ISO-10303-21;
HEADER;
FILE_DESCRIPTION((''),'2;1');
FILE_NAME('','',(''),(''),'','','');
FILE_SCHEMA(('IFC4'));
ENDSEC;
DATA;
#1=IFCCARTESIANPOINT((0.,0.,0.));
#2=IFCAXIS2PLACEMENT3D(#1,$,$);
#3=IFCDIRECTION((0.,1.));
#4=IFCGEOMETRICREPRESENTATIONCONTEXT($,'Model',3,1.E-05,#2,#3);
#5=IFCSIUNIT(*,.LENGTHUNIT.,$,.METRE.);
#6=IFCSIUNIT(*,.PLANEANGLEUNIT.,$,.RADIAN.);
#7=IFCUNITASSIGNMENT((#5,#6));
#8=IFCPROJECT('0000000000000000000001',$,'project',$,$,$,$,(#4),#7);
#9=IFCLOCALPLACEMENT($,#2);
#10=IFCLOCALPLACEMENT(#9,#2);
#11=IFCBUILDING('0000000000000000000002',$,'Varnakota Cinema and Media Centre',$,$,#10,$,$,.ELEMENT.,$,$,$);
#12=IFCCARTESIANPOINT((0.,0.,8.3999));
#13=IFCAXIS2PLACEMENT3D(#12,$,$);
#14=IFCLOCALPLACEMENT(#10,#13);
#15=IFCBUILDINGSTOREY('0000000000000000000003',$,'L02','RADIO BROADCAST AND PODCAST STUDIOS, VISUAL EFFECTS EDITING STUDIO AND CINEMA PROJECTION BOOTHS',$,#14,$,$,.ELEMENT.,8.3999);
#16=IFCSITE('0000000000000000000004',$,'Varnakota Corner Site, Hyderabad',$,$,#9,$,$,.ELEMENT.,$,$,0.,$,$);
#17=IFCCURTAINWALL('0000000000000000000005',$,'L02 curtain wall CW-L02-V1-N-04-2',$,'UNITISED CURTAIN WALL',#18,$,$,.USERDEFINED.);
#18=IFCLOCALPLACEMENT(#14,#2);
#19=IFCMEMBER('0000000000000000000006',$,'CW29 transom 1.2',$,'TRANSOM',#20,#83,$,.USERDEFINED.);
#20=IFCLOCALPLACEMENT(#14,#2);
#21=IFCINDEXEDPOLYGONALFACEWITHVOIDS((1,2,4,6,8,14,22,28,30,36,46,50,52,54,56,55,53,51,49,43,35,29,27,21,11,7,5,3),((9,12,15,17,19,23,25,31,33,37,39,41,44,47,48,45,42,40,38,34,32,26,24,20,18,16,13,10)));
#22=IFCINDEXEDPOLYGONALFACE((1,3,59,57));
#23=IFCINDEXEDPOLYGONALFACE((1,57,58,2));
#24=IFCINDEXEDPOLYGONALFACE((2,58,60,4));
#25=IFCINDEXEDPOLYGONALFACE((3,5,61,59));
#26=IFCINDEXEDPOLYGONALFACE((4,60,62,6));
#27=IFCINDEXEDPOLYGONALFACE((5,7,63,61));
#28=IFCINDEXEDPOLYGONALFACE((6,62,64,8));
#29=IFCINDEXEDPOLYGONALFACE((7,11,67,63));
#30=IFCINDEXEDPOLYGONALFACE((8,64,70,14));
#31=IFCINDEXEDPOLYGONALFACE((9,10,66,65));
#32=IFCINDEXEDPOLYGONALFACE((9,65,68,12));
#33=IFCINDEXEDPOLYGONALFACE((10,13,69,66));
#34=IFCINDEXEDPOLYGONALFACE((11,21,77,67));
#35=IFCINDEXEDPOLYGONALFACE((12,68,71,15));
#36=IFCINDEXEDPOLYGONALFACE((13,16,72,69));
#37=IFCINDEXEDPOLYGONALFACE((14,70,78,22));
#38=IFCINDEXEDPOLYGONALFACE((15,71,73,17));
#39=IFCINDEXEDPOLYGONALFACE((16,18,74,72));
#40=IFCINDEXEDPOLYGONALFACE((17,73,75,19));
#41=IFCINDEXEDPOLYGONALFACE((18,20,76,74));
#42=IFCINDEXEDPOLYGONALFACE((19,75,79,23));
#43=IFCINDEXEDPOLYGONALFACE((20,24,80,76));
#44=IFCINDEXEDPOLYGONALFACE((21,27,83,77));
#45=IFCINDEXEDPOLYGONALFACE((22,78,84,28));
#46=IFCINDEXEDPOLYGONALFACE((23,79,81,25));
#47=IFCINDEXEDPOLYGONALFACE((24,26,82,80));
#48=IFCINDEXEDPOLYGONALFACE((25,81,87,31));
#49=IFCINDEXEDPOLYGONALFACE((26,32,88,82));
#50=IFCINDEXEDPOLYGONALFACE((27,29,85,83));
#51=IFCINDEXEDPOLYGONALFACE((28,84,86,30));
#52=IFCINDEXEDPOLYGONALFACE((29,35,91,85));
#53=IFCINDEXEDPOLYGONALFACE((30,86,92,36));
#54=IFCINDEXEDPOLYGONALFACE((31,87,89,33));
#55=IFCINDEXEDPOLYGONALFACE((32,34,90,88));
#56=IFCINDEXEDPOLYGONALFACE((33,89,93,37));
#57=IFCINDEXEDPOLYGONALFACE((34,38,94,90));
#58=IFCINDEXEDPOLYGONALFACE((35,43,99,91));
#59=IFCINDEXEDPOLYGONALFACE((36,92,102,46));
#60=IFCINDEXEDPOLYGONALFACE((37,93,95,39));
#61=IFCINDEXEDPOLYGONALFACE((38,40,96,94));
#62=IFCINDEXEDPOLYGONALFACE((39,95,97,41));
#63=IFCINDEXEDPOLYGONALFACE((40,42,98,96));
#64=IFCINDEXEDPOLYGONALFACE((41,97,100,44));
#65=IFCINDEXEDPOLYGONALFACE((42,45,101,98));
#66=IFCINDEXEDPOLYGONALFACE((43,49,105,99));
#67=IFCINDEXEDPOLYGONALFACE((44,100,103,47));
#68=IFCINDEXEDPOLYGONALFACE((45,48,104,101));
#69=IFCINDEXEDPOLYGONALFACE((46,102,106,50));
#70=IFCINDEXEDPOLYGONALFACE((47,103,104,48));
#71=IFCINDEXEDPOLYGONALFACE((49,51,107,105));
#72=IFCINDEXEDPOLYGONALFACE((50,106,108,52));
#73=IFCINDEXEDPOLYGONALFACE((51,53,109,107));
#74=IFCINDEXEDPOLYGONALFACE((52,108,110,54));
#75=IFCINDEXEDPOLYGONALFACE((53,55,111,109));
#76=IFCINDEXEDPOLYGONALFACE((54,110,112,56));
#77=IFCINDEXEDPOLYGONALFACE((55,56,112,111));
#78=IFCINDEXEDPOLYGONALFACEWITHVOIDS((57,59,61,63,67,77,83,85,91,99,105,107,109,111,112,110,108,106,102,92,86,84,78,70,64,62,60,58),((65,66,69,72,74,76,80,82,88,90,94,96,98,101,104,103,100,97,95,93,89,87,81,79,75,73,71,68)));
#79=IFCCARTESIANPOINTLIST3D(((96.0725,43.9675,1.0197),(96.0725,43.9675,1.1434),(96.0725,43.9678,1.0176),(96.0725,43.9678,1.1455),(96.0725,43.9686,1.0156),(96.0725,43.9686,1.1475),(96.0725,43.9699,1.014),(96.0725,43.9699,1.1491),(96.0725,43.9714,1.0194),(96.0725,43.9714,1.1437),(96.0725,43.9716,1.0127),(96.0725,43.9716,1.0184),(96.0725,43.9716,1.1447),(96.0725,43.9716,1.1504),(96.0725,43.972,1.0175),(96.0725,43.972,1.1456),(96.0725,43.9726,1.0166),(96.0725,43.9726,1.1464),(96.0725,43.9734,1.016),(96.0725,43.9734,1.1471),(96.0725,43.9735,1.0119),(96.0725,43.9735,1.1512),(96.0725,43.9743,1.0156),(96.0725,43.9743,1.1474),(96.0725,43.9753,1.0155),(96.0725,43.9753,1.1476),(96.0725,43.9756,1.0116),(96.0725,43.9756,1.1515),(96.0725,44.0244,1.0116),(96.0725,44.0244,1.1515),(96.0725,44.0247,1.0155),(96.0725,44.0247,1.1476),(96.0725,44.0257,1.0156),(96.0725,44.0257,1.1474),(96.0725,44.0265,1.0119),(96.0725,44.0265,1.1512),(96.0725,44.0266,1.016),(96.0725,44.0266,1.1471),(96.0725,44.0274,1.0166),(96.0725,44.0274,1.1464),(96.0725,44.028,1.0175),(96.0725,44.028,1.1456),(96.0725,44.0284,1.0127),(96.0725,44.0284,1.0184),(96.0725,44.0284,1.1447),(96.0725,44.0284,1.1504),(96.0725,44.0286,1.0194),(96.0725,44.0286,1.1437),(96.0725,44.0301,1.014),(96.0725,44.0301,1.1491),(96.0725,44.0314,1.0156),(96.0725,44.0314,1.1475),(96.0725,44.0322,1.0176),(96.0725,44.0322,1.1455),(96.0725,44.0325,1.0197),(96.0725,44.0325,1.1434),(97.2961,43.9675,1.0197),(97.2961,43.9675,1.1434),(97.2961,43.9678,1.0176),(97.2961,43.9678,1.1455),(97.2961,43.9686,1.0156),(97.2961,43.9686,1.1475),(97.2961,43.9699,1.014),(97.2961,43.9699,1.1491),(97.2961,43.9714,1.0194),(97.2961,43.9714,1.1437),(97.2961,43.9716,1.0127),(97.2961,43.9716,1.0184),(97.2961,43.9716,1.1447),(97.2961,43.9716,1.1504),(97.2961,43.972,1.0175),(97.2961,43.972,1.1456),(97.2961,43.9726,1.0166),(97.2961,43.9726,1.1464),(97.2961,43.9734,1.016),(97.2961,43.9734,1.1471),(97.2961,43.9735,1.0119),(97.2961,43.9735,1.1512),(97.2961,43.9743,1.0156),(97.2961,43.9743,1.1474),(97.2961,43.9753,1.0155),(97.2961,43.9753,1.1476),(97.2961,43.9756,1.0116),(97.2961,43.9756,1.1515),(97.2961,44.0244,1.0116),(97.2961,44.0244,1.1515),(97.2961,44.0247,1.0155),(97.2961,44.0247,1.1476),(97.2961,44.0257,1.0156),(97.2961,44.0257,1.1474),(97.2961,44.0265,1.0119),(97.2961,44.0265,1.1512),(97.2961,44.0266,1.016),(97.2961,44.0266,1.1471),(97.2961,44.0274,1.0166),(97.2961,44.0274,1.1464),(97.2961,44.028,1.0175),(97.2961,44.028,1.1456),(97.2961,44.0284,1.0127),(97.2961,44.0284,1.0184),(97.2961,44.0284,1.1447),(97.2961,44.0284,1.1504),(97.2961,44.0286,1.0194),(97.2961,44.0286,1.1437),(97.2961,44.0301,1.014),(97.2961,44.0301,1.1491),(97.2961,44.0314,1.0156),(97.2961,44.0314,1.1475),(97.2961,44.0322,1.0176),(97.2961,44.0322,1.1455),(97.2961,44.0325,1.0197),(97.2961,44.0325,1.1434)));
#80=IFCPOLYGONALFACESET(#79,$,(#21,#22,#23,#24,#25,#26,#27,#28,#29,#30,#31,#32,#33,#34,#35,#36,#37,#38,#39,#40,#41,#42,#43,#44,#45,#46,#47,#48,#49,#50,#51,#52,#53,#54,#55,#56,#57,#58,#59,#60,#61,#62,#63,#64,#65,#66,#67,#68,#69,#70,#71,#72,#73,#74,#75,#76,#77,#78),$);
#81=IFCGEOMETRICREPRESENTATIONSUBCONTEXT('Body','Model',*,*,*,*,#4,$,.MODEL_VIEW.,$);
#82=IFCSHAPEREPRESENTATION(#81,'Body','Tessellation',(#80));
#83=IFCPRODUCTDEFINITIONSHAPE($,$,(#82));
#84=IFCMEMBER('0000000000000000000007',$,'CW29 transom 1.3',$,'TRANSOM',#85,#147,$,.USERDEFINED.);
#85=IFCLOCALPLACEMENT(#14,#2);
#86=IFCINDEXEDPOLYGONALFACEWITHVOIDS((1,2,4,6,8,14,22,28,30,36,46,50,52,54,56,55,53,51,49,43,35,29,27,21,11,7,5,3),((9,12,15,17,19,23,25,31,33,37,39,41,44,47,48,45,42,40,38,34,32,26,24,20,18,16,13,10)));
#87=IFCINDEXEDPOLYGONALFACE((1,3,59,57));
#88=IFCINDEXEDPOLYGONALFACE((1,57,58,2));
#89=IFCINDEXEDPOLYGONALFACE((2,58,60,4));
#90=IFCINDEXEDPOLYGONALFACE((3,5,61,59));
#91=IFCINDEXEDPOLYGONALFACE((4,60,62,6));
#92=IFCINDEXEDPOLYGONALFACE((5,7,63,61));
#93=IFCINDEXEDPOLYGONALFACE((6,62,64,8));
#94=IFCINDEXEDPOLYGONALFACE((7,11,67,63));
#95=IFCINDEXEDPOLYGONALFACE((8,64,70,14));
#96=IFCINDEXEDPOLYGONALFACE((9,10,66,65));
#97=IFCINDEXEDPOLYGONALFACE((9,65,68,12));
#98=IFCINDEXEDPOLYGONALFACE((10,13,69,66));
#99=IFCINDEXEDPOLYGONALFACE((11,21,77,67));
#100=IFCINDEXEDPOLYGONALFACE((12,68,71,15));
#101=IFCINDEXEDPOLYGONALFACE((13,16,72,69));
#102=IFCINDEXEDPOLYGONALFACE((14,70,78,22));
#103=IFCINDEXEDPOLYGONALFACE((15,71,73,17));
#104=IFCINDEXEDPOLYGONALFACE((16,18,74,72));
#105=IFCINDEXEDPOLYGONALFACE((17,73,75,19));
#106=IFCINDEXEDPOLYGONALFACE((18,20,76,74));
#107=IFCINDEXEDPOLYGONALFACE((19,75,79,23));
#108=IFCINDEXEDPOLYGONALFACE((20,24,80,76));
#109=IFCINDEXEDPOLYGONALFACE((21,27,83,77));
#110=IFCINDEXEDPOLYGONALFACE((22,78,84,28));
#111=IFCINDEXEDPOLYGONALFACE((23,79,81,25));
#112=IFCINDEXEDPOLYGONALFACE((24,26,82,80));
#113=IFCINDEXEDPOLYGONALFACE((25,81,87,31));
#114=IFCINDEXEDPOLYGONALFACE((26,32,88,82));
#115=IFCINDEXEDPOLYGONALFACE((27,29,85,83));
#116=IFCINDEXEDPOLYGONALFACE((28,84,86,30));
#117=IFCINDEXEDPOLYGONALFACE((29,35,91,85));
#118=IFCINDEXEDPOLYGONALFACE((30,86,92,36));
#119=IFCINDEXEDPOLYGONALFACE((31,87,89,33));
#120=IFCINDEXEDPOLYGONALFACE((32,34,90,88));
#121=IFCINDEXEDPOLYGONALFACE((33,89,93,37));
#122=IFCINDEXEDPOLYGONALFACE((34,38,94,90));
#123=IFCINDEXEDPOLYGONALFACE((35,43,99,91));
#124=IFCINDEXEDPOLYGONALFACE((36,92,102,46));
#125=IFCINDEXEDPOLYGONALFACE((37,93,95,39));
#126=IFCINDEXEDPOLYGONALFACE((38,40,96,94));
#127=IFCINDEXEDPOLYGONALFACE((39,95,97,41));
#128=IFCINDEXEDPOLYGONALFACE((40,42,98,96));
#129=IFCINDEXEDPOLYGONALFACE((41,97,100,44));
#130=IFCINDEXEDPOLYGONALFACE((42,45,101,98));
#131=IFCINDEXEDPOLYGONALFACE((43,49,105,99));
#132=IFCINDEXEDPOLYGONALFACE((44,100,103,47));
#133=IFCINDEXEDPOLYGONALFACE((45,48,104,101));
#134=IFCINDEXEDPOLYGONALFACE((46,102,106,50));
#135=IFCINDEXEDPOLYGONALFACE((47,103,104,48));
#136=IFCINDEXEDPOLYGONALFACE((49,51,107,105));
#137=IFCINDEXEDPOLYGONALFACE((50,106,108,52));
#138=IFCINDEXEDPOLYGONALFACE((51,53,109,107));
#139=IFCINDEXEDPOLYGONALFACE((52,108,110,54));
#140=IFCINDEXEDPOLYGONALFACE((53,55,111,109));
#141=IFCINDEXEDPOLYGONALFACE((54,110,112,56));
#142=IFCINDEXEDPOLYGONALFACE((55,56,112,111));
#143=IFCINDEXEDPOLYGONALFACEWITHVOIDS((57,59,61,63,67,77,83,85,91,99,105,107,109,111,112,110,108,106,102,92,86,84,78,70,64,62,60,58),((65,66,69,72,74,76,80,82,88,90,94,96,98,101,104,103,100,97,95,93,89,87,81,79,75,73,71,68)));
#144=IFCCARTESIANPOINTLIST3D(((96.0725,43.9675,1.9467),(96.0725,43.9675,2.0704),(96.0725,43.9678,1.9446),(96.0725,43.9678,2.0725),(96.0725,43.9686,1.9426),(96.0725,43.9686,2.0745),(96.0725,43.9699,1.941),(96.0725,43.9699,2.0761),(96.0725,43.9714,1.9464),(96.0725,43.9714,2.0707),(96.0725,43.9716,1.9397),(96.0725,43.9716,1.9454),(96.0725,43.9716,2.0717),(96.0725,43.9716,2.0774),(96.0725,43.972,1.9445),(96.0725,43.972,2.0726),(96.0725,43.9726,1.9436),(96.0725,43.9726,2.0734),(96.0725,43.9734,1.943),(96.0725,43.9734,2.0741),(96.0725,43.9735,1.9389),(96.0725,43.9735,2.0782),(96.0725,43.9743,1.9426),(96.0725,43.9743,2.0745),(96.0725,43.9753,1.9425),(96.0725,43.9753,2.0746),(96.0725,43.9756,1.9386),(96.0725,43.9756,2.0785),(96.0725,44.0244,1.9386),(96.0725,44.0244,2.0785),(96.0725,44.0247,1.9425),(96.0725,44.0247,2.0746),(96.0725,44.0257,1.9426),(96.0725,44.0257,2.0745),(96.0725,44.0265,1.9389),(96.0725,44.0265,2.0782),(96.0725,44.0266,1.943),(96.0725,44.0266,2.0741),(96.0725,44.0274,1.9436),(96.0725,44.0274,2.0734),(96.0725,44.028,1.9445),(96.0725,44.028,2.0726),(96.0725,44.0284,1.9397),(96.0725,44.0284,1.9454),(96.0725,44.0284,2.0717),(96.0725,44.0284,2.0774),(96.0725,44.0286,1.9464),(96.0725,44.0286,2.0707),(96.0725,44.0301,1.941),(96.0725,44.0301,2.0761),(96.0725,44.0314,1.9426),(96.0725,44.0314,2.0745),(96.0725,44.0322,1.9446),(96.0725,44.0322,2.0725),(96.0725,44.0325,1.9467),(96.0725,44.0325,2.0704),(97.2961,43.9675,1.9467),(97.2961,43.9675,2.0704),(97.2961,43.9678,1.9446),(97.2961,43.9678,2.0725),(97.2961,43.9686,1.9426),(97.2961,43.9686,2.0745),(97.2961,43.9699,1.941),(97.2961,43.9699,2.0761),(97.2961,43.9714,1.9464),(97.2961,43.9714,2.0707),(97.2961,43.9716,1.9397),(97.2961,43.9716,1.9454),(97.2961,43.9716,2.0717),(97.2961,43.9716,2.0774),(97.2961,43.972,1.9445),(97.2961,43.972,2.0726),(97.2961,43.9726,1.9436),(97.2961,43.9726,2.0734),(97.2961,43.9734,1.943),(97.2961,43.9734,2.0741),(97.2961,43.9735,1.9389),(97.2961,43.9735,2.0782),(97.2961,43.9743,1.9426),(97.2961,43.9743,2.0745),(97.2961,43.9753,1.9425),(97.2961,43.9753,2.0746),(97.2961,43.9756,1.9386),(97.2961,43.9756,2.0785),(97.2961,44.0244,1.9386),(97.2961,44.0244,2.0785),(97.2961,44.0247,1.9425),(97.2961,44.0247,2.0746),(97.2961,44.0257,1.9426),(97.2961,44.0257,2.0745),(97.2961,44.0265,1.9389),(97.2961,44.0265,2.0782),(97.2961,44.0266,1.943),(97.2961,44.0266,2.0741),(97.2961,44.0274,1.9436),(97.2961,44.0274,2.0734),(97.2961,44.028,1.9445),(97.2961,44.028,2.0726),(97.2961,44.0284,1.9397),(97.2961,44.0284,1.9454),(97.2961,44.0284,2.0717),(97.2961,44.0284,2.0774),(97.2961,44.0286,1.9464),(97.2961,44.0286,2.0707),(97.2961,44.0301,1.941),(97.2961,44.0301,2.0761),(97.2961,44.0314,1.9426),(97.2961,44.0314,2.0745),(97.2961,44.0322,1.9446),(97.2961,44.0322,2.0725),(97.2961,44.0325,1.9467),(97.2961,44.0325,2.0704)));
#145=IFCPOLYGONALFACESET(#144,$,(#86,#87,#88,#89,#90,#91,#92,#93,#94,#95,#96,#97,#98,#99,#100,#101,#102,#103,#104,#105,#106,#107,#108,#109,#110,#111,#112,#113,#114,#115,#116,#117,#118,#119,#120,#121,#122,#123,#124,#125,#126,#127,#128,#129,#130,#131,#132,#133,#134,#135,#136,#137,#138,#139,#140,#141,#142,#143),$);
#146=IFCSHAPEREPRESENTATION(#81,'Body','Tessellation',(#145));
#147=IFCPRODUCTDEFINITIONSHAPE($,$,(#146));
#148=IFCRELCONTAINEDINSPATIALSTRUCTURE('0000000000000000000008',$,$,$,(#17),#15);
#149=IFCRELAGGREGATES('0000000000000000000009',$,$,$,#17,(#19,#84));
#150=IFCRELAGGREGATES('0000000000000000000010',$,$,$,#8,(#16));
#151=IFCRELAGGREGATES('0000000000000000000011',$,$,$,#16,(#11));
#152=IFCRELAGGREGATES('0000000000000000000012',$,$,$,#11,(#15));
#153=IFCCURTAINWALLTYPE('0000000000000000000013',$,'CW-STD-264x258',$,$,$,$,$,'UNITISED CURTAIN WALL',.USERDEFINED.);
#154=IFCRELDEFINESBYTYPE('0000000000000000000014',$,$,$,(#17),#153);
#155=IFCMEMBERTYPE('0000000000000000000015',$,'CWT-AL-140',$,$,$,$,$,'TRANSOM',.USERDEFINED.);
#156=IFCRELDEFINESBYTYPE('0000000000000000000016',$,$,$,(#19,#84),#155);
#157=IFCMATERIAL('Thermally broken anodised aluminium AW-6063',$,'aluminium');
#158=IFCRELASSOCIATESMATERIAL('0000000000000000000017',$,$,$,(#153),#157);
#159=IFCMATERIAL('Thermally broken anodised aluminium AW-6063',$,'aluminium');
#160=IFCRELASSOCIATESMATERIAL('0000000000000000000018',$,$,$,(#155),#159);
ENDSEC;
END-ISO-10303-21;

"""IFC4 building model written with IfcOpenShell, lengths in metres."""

from ifc_helpers import new_model, si_unit, direction, frame, origin, origin_2d, place, context, subcontext, project, spatial, hollow_rectangle, extrude, material, material_profile, profile_set, type_object, element, aggregate, save


model = new_model("IFC4")

# Units and contexts
model_context = context("Model", 3, precision=1e-05, world=origin(), true_north=direction((0.0, 1.0)))
body_context = subcontext(model_context, "Body", "Model", "MODEL_VIEW")
ifc_project = project(units=[si_unit("LENGTHUNIT", "METRE"), si_unit("PLANEANGLEUNIT", "RADIAN")], contexts=[model_context])

# Site, building, storey
site_placement = place(None, origin())
site = spatial("IfcSite", under=ifc_project, at=site_placement, Name="Varnakota Corner Site, Hyderabad", CompositionType="ELEMENT", RefElevation=0.0)
building_placement = place(site_placement, origin())
building = spatial("IfcBuilding", under=site, at=building_placement, Name="Varnakota Cinema and Media Centre", CompositionType="ELEMENT")
storey_placement = place(building_placement, frame((0.0, 0.0, 8.3999)))
storey = spatial("IfcBuildingStorey", under=building, at=storey_placement, Name="L02", Description="RADIO BROADCAST AND PODCAST STUDIOS, VISUAL EFFECTS EDITING STUDIO AND CINEMA PROJECTION BOOTHS", CompositionType="ELEMENT", Elevation=8.3999)

# Shared definitions
ifc_material_1 = material(Name="Thermally broken anodised aluminium AW-6063", Category="aluminium")
curtain_wall_type = type_object("IfcCurtainWallType", Name="CW-STD-264x258", ElementType="UNITISED CURTAIN WALL", PredefinedType="USERDEFINED", material=ifc_material_1)

# Curtain wall
curtain_wall_1_placement = place(storey_placement, origin())
curtain_wall_1 = element("IfcCurtainWall", 1, at=curtain_wall_1_placement, inside=storey, type_object=curtain_wall_type, Name="L02 curtain wall CW-L02-V1-N-04-2", ObjectType="UNITISED CURTAIN WALL", PredefinedType="USERDEFINED")

# Members
ifc_material_2 = material(Name="Thermally broken anodised aluminium AW-6063", Category="aluminium")
ifc_material_profile_1 = material_profile(ifc_material_2, hollow_rectangle(XDim=0.0649, YDim=0.1399, WallThickness=0.0039, InnerFilletRadius=0.0039, OuterFilletRadius=0.0081, at=origin_2d()), Name="AL-TRANSOM 140x65x4")
ifc_profile_set_1 = profile_set([ifc_material_profile_1], Name="Thermally broken anodised aluminium AW-6063")
member_type_1 = type_object("IfcMemberType", Name="CWT-AL-140", ElementType="TRANSOM", PredefinedType="USERDEFINED", material=ifc_profile_set_1)
member_1_placement = place(storey_placement, frame((96.0725, 44.0, 1.0815), z_axis=(1.0, 0.0, 0.0), x_axis=(0.0, 1.0, 0.0)))
member_1 = element("IfcMember", 2, at=member_1_placement, type_object=member_type_1, Name="CW29 transom 1.2", ObjectType="TRANSOM", PredefinedType="USERDEFINED", context=body_context, shape_type="SweptSolid", body=[
    extrude(hollow_rectangle(XDim=0.0649, YDim=0.1399, WallThickness=0.0039, InnerFilletRadius=0.0039, OuterFilletRadius=0.0081, at=origin_2d()), origin(), (0.0, 0.0, 1.0), 1.2236),
])
member_2_placement = place(storey_placement, frame((96.0725, 44.0, 2.0085), z_axis=(1.0, 0.0, 0.0), x_axis=(0.0, 1.0, 0.0)))
member_2 = element("IfcMember", 3, at=member_2_placement, type_object=member_type_1, Name="CW29 transom 1.3", ObjectType="TRANSOM", PredefinedType="USERDEFINED", context=body_context, shape_type="SweptSolid", body=[
    extrude(hollow_rectangle(XDim=0.0649, YDim=0.1399, WallThickness=0.0039, InnerFilletRadius=0.0039, OuterFilletRadius=0.0081, at=origin_2d()), origin(), (0.0, 0.0, 1.0), 1.2236),
])

aggregate(curtain_wall_1, [member_1, member_2])

save(model, "model.ifc")
